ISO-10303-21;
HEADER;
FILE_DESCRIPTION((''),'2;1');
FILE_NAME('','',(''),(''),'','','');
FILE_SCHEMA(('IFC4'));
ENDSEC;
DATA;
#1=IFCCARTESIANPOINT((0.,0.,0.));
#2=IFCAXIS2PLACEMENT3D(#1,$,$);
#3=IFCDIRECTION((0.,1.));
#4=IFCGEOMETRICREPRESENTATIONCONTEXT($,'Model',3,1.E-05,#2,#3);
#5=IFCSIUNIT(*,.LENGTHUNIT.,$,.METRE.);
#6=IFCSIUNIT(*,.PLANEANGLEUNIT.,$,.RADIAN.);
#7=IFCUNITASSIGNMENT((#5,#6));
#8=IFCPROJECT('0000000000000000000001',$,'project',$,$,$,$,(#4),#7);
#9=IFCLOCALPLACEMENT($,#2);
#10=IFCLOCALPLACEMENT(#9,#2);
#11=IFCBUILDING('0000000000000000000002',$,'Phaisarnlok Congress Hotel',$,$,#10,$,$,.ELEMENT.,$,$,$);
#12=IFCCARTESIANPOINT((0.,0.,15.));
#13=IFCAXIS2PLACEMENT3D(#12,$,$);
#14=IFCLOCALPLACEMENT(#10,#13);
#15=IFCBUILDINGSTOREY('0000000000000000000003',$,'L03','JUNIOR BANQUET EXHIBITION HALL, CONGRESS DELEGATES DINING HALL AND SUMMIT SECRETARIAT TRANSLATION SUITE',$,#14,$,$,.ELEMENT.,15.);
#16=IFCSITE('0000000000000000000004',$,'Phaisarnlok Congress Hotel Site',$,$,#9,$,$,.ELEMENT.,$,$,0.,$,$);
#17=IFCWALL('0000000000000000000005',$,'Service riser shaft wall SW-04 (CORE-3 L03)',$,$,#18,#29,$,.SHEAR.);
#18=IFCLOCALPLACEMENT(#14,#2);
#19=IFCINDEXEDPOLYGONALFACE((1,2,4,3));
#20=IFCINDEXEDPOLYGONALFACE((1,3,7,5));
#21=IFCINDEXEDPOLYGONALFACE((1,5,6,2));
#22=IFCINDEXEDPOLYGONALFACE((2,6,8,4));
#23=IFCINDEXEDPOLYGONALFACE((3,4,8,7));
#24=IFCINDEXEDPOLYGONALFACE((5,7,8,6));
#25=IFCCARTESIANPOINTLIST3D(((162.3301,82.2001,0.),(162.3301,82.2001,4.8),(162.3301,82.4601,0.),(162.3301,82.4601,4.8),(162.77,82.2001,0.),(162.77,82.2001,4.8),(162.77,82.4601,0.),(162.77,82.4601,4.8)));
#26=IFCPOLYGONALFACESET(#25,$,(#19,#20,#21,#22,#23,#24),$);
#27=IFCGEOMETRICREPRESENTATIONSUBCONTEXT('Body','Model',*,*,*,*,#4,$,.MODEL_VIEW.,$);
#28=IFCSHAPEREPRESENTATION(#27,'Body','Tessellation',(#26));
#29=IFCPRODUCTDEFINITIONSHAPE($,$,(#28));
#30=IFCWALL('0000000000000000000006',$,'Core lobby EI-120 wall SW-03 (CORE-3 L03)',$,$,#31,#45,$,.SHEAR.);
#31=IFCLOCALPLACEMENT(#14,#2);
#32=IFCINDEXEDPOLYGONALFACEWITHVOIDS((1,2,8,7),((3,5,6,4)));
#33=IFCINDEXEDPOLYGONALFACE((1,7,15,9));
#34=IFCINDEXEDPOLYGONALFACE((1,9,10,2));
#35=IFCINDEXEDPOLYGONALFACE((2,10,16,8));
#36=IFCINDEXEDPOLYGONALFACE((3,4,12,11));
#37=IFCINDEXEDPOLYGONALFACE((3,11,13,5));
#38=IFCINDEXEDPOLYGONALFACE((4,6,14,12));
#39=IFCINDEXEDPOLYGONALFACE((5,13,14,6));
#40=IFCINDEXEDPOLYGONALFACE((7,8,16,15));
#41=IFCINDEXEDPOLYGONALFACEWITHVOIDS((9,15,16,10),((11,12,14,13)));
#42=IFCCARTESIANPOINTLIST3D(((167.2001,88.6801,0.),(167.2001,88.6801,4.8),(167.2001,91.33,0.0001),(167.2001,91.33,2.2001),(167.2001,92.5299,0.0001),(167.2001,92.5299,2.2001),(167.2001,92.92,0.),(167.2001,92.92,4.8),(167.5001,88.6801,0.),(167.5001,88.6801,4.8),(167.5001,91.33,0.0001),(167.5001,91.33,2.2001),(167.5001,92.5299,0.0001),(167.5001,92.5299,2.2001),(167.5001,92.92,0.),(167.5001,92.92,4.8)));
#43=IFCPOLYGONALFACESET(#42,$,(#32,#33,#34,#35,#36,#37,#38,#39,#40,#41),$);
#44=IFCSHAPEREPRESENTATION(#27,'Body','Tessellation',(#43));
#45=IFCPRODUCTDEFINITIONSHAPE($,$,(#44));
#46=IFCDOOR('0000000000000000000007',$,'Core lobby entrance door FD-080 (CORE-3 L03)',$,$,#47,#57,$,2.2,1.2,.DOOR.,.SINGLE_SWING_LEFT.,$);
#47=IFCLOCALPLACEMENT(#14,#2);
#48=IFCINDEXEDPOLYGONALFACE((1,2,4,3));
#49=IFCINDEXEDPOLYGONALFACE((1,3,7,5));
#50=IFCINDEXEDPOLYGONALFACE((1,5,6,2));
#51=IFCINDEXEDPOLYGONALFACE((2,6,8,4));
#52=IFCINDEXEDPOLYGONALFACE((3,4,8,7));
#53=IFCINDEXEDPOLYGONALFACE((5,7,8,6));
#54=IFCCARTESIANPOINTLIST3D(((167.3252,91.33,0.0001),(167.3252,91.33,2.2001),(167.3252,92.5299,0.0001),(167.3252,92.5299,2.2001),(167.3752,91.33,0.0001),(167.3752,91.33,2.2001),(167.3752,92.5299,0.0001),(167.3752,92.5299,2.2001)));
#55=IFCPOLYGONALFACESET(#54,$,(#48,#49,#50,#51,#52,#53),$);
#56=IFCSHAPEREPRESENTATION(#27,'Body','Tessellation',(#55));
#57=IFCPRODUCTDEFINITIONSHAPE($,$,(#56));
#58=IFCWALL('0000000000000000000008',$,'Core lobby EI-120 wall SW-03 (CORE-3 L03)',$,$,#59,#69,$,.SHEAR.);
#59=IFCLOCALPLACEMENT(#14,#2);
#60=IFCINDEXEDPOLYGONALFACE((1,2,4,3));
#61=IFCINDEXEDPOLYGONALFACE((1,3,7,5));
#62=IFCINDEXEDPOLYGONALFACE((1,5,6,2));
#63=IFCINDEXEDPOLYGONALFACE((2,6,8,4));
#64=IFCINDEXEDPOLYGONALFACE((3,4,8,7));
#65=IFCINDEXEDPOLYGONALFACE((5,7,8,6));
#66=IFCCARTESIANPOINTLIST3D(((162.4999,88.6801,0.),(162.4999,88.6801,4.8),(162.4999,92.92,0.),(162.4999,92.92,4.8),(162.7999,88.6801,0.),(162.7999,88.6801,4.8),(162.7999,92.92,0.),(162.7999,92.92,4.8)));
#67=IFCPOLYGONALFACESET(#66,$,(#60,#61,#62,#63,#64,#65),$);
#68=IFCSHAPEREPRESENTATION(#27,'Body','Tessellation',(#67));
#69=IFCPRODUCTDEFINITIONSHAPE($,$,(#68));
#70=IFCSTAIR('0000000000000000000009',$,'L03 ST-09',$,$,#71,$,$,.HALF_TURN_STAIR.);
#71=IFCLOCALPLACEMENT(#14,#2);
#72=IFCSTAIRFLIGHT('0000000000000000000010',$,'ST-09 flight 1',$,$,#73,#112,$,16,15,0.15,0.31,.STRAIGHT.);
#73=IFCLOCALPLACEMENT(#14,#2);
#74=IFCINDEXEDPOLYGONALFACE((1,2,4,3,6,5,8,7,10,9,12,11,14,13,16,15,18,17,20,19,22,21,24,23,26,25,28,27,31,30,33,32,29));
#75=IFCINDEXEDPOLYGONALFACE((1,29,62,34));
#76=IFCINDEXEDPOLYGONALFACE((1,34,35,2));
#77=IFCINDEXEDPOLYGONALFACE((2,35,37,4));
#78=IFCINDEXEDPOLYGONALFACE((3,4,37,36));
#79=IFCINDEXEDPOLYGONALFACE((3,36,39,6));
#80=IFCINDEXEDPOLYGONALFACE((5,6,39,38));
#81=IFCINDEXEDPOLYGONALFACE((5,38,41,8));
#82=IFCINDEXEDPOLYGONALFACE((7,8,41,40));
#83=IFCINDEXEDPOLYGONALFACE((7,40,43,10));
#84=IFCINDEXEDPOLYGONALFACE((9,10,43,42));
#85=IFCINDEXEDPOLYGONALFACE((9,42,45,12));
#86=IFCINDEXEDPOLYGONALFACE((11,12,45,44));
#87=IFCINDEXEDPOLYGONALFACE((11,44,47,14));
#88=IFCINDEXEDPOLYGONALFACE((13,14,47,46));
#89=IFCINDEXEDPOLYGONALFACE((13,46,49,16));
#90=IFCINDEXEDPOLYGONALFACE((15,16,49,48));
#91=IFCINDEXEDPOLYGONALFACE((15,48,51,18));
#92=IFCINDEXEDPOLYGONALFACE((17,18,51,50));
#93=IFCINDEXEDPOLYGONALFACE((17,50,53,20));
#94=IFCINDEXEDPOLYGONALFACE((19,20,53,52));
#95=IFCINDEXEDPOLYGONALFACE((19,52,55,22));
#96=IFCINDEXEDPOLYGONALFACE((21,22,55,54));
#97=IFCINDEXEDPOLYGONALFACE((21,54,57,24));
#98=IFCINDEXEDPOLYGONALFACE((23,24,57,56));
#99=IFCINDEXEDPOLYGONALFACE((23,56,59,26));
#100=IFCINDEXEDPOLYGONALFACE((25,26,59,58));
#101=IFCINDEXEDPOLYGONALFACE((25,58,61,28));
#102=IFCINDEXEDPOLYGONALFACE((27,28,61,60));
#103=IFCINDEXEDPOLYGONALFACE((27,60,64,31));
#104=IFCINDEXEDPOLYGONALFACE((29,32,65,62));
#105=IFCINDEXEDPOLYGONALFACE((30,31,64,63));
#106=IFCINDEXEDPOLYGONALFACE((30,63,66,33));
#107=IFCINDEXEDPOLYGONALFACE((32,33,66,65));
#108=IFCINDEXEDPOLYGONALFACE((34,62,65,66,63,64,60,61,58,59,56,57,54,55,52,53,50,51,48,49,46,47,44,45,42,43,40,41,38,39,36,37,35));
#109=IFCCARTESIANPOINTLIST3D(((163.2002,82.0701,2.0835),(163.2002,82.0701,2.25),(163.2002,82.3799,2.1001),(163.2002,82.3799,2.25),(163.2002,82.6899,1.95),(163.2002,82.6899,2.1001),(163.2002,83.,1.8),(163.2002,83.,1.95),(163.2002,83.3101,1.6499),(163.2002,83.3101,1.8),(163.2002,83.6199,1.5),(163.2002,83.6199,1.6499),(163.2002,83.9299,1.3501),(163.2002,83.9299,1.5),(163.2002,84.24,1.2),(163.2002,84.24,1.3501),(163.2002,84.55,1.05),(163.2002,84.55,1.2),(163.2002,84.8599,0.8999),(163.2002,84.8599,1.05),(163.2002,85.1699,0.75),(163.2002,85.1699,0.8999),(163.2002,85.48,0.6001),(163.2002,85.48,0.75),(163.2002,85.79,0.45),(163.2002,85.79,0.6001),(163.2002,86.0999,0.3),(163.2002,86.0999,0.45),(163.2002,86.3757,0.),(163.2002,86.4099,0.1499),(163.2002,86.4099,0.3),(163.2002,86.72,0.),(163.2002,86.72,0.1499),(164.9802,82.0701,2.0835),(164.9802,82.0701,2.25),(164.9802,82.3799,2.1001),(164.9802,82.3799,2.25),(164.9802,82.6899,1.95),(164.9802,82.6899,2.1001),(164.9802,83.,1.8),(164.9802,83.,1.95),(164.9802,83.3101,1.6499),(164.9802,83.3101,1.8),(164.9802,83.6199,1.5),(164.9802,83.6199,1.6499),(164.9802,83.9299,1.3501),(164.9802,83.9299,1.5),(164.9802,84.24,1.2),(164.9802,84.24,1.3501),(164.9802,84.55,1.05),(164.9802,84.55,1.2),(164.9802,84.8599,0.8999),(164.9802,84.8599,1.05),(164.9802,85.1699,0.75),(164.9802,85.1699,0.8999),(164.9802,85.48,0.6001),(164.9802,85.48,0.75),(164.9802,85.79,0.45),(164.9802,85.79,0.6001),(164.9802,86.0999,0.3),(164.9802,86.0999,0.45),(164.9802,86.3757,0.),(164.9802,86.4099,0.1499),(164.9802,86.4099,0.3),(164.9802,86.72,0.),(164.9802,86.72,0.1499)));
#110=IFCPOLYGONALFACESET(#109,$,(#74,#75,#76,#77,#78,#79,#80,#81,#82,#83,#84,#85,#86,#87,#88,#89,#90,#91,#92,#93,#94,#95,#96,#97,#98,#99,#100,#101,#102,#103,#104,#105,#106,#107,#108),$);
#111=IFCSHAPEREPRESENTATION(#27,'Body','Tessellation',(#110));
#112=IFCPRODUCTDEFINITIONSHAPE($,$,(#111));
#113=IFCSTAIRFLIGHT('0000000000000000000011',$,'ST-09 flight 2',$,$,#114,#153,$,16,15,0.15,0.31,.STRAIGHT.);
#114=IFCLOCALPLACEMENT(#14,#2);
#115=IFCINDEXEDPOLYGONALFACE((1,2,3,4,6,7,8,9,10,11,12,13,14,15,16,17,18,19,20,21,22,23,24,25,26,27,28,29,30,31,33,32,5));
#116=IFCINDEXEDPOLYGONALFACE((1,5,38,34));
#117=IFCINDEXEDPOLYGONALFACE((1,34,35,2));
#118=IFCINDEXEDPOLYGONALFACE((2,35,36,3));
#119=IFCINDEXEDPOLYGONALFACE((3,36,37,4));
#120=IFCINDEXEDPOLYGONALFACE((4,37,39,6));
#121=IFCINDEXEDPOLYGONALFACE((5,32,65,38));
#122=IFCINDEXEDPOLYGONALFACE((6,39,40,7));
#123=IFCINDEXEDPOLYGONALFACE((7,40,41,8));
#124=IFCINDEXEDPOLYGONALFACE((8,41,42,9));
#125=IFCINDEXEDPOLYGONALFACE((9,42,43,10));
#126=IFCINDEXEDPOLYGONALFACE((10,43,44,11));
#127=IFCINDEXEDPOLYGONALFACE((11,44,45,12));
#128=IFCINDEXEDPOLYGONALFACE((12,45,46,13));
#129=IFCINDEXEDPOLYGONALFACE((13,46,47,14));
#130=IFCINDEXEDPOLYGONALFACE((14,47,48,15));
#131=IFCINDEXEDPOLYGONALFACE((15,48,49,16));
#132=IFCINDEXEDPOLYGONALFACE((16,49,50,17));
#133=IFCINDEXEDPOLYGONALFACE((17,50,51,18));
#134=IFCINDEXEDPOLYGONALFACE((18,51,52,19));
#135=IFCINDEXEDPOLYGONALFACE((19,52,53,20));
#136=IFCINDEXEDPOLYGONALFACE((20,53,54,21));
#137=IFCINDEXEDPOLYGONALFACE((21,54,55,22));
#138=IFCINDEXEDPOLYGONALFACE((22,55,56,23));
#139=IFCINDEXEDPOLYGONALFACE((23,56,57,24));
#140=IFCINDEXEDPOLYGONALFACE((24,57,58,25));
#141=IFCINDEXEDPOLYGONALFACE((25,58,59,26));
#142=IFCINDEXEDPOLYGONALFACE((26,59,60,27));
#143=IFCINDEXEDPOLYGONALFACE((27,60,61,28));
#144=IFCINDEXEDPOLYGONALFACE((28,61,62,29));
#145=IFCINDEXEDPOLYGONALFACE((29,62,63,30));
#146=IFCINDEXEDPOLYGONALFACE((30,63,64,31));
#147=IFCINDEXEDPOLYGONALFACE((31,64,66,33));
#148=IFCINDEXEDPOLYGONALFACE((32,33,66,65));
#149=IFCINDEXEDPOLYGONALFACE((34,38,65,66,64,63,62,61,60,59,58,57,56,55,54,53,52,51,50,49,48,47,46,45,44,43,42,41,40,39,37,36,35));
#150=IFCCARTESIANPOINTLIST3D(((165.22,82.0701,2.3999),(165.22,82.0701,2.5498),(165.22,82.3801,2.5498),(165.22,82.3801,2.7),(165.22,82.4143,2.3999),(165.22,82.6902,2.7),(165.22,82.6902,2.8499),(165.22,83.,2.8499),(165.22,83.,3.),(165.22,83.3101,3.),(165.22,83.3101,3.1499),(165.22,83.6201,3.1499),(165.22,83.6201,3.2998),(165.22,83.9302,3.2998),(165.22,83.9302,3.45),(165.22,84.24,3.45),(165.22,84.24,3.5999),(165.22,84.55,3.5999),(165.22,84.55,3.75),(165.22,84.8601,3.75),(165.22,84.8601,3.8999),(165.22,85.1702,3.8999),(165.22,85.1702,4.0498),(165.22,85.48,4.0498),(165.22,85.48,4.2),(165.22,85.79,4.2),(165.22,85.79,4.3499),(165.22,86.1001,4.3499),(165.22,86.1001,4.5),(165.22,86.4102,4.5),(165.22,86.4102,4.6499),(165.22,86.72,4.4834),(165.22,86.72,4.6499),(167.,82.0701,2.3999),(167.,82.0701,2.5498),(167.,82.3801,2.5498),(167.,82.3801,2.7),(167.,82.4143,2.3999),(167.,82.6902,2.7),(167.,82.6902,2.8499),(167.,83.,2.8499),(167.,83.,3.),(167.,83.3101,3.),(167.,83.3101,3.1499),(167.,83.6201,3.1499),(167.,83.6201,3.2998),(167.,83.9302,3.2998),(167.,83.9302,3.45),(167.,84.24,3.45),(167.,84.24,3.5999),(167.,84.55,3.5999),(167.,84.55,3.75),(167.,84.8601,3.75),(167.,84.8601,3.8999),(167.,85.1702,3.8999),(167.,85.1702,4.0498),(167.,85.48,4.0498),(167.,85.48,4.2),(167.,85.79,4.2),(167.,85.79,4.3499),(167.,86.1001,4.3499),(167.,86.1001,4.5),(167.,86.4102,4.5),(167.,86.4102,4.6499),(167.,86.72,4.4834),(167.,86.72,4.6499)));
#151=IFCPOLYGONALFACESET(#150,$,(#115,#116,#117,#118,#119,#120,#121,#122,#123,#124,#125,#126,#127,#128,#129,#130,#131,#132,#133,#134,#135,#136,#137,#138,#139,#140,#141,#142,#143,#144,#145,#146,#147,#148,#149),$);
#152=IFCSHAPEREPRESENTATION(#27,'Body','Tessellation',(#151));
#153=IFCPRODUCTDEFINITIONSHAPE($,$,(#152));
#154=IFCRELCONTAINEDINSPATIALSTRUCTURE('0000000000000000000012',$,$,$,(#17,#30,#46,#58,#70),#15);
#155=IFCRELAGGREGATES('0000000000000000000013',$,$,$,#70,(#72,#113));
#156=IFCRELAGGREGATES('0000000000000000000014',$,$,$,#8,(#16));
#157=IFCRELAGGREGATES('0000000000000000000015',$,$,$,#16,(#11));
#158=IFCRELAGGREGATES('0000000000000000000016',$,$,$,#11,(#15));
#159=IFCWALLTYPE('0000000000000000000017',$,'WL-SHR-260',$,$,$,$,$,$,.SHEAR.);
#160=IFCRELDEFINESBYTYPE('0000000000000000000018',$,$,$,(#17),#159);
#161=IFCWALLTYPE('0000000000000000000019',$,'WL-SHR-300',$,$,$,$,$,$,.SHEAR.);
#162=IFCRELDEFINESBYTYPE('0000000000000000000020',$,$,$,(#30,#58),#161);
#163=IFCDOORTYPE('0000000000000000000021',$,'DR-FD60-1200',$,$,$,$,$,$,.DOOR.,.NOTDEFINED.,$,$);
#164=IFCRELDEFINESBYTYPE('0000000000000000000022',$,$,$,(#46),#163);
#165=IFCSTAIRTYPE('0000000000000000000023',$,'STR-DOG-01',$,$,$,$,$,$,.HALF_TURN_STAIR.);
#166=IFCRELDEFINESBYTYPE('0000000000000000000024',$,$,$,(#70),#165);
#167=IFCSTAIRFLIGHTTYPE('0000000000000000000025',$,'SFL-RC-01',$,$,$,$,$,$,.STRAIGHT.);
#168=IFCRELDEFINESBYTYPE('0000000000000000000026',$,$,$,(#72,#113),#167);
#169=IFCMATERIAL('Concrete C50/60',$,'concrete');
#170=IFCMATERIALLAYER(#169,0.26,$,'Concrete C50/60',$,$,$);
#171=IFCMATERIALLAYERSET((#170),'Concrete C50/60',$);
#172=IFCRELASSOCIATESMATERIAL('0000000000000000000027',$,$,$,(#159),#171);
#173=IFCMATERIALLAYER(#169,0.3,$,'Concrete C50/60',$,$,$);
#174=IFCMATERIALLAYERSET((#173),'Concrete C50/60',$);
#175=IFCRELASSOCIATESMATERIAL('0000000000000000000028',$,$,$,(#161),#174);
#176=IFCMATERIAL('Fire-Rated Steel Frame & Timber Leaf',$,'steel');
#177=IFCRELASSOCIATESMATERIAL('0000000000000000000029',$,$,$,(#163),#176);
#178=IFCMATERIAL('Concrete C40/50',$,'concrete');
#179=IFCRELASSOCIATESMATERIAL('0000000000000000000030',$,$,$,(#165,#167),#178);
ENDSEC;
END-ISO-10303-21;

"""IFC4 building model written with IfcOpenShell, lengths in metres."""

from ifc_helpers import new_model, si_unit, direction, frame, frame_2d, origin, place, context, subcontext, project, spatial, polyline, rectangle, outline, extrude, material, layer, layer_set, type_object, element, fill, aggregate, save


model = new_model("IFC4")

# Units and contexts
model_context = context("Model", 3, precision=1e-05, world=origin(), true_north=direction((0.0, 1.0)))
body_context = subcontext(model_context, "Body", "Model", "MODEL_VIEW")
ifc_project = project(units=[si_unit("LENGTHUNIT", "METRE"), si_unit("PLANEANGLEUNIT", "RADIAN")], contexts=[model_context])

# Site, building, storey
site_placement = place(None, origin())
site = spatial("IfcSite", under=ifc_project, at=site_placement, Name="Phaisarnlok Congress Hotel Site", CompositionType="ELEMENT", RefElevation=0.0)
building_placement = place(site_placement, origin())
building = spatial("IfcBuilding", under=site, at=building_placement, Name="Phaisarnlok Congress Hotel", CompositionType="ELEMENT")
storey_placement = place(building_placement, frame((0.0, 0.0, 15.0)))
storey = spatial("IfcBuildingStorey", under=building, at=storey_placement, Name="L03", Description="JUNIOR BANQUET EXHIBITION HALL, CONGRESS DELEGATES DINING HALL AND SUMMIT SECRETARIAT TRANSLATION SUITE", CompositionType="ELEMENT", Elevation=15.0)

# Shared definitions
ifc_material_1 = material(Name="Concrete C50/60", Category="concrete")

# Shared definitions
ifc_material_2 = material(Name="Concrete C40/50", Category="concrete")

# Shared definitions
ifc_layer_1 = layer(ifc_material_1, 0.26, Name="Concrete C50/60")
ifc_layer_set_1 = layer_set([ifc_layer_1], Name="Concrete C50/60")
wall_type_1 = type_object("IfcWallType", Name="WL-SHR-260", PredefinedType="SHEAR", material=ifc_layer_set_1)

# Shared definitions
ifc_material_3 = material(Name="Fire-Rated Steel Frame & Timber Leaf", Category="steel")

# Wall
for number, where, z_axis, x_axis, name in (
    (1, (162.3301, 82.3301, 0.0), (0.0, 0.0, 1.0), (1.0, 0.0, 0.0), "Service riser shaft wall SW-04 (CORE-3 L03)"),
):
    element("IfcWall", number, at=place(storey_placement, frame(where, z_axis=z_axis, x_axis=x_axis)), inside=storey, type_object=wall_type_1, Name=name, PredefinedType="SHEAR", context=body_context, shape_type="SweptSolid", body=[
        extrude(rectangle(XDim=0.4399, YDim=0.26, at=frame_2d((0.22, 0.0))), origin(), (0.0, 0.0, 1.0), 4.8),
    ])

# Wall, opening, door
ifc_layer_2 = layer(ifc_material_1, 0.3, Name="Concrete C50/60")
ifc_layer_set_2 = layer_set([ifc_layer_2], Name="Concrete C50/60")
wall_type_2 = type_object("IfcWallType", Name="WL-SHR-300", PredefinedType="SHEAR", material=ifc_layer_set_2)
wall_1_placement = place(storey_placement, frame((167.3501, 88.6799, 0.0), z_axis=(0.0, 0.0, 1.0), x_axis=(0.0, 1.0, 0.0)))
wall_1 = element("IfcWall", 2, at=wall_1_placement, inside=storey, type_object=wall_type_2, Name="Core lobby EI-120 wall SW-03 (CORE-3 L03)", PredefinedType="SHEAR", context=body_context, shape_type="SweptSolid", body=[
    extrude(rectangle(XDim=4.24, YDim=0.3, at=frame_2d((2.1201, 0.0))), origin(), (0.0, 0.0, 1.0), 4.8),
])
opening_1_placement = place(wall_1_placement, frame((2.6499, 0.0, 0.0)))
opening_1 = element("IfcOpeningElement", 3, at=opening_1_placement, cuts=wall_1, PredefinedType="OPENING", context=body_context, shape_type="SweptSolid", body=[
    extrude(rectangle(XDim=1.2, YDim=2.2, at=frame_2d((0.6001, 1.1001))), frame((0.0, 0.1602, 0.0), z_axis=(0.0, -1.0, 0.0), x_axis=(1.0, 0.0, 0.0)), (0.0, 0.0, 1.0), 0.3201),
])
door_type_1 = type_object("IfcDoorType", Name="DR-FD60-1200", OperationType="NOTDEFINED", PredefinedType="DOOR", material=ifc_material_3)
door_1_placement = place(opening_1_placement, origin())
door_1 = element("IfcDoor", 4, at=door_1_placement, inside=storey, type_object=door_type_1, Name="Core lobby entrance door FD-080 (CORE-3 L03)", OperationType="SINGLE_SWING_LEFT", OverallHeight=2.2, OverallWidth=1.2, PredefinedType="DOOR", context=body_context, shape_type="SweptSolid", body=[
    extrude(rectangle(XDim=1.2, YDim=2.2, at=frame_2d((0.6001, 1.1001))), frame((0.0, 0.0249, 0.0), z_axis=(0.0, -1.0, 0.0), x_axis=(1.0, 0.0, 0.0)), (0.0, 0.0, 1.0), 0.05),
])
fill(opening_1, door_1)

# Wall
wall_2_placement = place(storey_placement, frame((162.6499, 88.6799, 0.0), z_axis=(0.0, 0.0, 1.0), x_axis=(0.0, 1.0, 0.0)))
element("IfcWall", 5, at=wall_2_placement, inside=storey, type_object=wall_type_2, Name="Core lobby EI-120 wall SW-03 (CORE-3 L03)", PredefinedType="SHEAR", context=body_context, shape_type="SweptSolid", body=[
    extrude(rectangle(XDim=4.24, YDim=0.3, at=frame_2d((2.1201, 0.0))), origin(), (0.0, 0.0, 1.0), 4.8),
])

# Stair, stair flights
stair_type = type_object("IfcStairType", Name="STR-DOG-01", PredefinedType="HALF_TURN_STAIR", material=ifc_material_2)
stair_placement = place(storey_placement, origin())
stair = element("IfcStair", 6, at=stair_placement, inside=storey, type_object=stair_type, Name="L03 ST-09", PredefinedType="HALF_TURN_STAIR")
stair_flight_type = type_object("IfcStairFlightType", Name="SFL-RC-01", PredefinedType="STRAIGHT", material=ifc_material_2)
stair_flight_1_placement = place(storey_placement, frame((164.0901, 86.72, 0.0), z_axis=(0.0, 0.0, 1.0), x_axis=(0.0, -1.0, 0.0)))
stair_flight_1 = element("IfcStairFlight", 7, at=stair_flight_1_placement, type_object=stair_flight_type, Name="ST-09 flight 1", NumberOfRisers=16, NumberOfTreads=15, PredefinedType="STRAIGHT", RiserHeight=0.15, TreadLength=0.31, context=body_context, shape_type="SweptSolid", body=[
    extrude(outline(polyline([(0.0, 0.0), (0.0, 0.1499), (0.3101, 0.1499), (0.3101, 0.3), (0.6201, 0.3), (0.6201, 0.45), (0.9299, 0.45), (0.9299, 0.6001), (1.24, 0.6001), (1.24, 0.75), (1.55, 0.75), (1.55, 0.8999), (1.8601, 0.8999), (1.8601, 1.05), (2.1699, 1.05), (2.1699, 1.2), (2.48, 1.2), (2.48, 1.3501), (2.79, 1.3501), (2.79, 1.5), (3.1001, 1.5), (3.1001, 1.6499), (3.4099, 1.6499), (3.4099, 1.8), (3.72, 1.8), (3.72, 1.95), (4.03, 1.95), (4.03, 2.1001), (4.3401, 2.1001), (4.3401, 2.25), (4.6499, 2.25), (4.6499, 2.3999), (4.6499, 2.0835), (0.3442, 0.0), (0.0, 0.0)])), frame((0.0, 0.8901, 0.0), z_axis=(0.0, -1.0, 0.0), x_axis=(1.0, 0.0, 0.0)), (0.0, 0.0, 1.0), 1.78),
])
stair_flight_2_placement = place(storey_placement, frame((166.1101, 82.0701, 2.3999), z_axis=(0.0, 0.0, 1.0), x_axis=(0.0, 1.0, 0.0)))
stair_flight_2 = element("IfcStairFlight", 8, at=stair_flight_2_placement, type_object=stair_flight_type, Name="ST-09 flight 2", NumberOfRisers=16, NumberOfTreads=15, PredefinedType="STRAIGHT", RiserHeight=0.15, TreadLength=0.31, context=body_context, shape_type="SweptSolid", body=[
    extrude(outline(polyline([(0.0, 0.0), (0.0, 0.1499), (0.3101, 0.1499), (0.3101, 0.3), (0.6201, 0.3), (0.6201, 0.45), (0.9299, 0.45), (0.9299, 0.6001), (1.24, 0.6001), (1.24, 0.75), (1.55, 0.75), (1.55, 0.8999), (1.8601, 0.8999), (1.8601, 1.05), (2.1699, 1.05), (2.1699, 1.2), (2.48, 1.2), (2.48, 1.3501), (2.79, 1.3501), (2.79, 1.5), (3.1001, 1.5), (3.1001, 1.6499), (3.4099, 1.6499), (3.4099, 1.8), (3.72, 1.8), (3.72, 1.95), (4.03, 1.95), (4.03, 2.1001), (4.3401, 2.1001), (4.3401, 2.25), (4.6499, 2.25), (4.6499, 2.3999), (4.6499, 2.0835), (0.3442, 0.0), (0.0, 0.0)])), frame((0.0, 0.8901, 0.0), z_axis=(0.0, -1.0, 0.0), x_axis=(1.0, 0.0, 0.0)), (0.0, 0.0, 1.0), 1.78),
])
aggregate(stair, [stair_flight_1, stair_flight_2])

save(model, "model.ifc")
